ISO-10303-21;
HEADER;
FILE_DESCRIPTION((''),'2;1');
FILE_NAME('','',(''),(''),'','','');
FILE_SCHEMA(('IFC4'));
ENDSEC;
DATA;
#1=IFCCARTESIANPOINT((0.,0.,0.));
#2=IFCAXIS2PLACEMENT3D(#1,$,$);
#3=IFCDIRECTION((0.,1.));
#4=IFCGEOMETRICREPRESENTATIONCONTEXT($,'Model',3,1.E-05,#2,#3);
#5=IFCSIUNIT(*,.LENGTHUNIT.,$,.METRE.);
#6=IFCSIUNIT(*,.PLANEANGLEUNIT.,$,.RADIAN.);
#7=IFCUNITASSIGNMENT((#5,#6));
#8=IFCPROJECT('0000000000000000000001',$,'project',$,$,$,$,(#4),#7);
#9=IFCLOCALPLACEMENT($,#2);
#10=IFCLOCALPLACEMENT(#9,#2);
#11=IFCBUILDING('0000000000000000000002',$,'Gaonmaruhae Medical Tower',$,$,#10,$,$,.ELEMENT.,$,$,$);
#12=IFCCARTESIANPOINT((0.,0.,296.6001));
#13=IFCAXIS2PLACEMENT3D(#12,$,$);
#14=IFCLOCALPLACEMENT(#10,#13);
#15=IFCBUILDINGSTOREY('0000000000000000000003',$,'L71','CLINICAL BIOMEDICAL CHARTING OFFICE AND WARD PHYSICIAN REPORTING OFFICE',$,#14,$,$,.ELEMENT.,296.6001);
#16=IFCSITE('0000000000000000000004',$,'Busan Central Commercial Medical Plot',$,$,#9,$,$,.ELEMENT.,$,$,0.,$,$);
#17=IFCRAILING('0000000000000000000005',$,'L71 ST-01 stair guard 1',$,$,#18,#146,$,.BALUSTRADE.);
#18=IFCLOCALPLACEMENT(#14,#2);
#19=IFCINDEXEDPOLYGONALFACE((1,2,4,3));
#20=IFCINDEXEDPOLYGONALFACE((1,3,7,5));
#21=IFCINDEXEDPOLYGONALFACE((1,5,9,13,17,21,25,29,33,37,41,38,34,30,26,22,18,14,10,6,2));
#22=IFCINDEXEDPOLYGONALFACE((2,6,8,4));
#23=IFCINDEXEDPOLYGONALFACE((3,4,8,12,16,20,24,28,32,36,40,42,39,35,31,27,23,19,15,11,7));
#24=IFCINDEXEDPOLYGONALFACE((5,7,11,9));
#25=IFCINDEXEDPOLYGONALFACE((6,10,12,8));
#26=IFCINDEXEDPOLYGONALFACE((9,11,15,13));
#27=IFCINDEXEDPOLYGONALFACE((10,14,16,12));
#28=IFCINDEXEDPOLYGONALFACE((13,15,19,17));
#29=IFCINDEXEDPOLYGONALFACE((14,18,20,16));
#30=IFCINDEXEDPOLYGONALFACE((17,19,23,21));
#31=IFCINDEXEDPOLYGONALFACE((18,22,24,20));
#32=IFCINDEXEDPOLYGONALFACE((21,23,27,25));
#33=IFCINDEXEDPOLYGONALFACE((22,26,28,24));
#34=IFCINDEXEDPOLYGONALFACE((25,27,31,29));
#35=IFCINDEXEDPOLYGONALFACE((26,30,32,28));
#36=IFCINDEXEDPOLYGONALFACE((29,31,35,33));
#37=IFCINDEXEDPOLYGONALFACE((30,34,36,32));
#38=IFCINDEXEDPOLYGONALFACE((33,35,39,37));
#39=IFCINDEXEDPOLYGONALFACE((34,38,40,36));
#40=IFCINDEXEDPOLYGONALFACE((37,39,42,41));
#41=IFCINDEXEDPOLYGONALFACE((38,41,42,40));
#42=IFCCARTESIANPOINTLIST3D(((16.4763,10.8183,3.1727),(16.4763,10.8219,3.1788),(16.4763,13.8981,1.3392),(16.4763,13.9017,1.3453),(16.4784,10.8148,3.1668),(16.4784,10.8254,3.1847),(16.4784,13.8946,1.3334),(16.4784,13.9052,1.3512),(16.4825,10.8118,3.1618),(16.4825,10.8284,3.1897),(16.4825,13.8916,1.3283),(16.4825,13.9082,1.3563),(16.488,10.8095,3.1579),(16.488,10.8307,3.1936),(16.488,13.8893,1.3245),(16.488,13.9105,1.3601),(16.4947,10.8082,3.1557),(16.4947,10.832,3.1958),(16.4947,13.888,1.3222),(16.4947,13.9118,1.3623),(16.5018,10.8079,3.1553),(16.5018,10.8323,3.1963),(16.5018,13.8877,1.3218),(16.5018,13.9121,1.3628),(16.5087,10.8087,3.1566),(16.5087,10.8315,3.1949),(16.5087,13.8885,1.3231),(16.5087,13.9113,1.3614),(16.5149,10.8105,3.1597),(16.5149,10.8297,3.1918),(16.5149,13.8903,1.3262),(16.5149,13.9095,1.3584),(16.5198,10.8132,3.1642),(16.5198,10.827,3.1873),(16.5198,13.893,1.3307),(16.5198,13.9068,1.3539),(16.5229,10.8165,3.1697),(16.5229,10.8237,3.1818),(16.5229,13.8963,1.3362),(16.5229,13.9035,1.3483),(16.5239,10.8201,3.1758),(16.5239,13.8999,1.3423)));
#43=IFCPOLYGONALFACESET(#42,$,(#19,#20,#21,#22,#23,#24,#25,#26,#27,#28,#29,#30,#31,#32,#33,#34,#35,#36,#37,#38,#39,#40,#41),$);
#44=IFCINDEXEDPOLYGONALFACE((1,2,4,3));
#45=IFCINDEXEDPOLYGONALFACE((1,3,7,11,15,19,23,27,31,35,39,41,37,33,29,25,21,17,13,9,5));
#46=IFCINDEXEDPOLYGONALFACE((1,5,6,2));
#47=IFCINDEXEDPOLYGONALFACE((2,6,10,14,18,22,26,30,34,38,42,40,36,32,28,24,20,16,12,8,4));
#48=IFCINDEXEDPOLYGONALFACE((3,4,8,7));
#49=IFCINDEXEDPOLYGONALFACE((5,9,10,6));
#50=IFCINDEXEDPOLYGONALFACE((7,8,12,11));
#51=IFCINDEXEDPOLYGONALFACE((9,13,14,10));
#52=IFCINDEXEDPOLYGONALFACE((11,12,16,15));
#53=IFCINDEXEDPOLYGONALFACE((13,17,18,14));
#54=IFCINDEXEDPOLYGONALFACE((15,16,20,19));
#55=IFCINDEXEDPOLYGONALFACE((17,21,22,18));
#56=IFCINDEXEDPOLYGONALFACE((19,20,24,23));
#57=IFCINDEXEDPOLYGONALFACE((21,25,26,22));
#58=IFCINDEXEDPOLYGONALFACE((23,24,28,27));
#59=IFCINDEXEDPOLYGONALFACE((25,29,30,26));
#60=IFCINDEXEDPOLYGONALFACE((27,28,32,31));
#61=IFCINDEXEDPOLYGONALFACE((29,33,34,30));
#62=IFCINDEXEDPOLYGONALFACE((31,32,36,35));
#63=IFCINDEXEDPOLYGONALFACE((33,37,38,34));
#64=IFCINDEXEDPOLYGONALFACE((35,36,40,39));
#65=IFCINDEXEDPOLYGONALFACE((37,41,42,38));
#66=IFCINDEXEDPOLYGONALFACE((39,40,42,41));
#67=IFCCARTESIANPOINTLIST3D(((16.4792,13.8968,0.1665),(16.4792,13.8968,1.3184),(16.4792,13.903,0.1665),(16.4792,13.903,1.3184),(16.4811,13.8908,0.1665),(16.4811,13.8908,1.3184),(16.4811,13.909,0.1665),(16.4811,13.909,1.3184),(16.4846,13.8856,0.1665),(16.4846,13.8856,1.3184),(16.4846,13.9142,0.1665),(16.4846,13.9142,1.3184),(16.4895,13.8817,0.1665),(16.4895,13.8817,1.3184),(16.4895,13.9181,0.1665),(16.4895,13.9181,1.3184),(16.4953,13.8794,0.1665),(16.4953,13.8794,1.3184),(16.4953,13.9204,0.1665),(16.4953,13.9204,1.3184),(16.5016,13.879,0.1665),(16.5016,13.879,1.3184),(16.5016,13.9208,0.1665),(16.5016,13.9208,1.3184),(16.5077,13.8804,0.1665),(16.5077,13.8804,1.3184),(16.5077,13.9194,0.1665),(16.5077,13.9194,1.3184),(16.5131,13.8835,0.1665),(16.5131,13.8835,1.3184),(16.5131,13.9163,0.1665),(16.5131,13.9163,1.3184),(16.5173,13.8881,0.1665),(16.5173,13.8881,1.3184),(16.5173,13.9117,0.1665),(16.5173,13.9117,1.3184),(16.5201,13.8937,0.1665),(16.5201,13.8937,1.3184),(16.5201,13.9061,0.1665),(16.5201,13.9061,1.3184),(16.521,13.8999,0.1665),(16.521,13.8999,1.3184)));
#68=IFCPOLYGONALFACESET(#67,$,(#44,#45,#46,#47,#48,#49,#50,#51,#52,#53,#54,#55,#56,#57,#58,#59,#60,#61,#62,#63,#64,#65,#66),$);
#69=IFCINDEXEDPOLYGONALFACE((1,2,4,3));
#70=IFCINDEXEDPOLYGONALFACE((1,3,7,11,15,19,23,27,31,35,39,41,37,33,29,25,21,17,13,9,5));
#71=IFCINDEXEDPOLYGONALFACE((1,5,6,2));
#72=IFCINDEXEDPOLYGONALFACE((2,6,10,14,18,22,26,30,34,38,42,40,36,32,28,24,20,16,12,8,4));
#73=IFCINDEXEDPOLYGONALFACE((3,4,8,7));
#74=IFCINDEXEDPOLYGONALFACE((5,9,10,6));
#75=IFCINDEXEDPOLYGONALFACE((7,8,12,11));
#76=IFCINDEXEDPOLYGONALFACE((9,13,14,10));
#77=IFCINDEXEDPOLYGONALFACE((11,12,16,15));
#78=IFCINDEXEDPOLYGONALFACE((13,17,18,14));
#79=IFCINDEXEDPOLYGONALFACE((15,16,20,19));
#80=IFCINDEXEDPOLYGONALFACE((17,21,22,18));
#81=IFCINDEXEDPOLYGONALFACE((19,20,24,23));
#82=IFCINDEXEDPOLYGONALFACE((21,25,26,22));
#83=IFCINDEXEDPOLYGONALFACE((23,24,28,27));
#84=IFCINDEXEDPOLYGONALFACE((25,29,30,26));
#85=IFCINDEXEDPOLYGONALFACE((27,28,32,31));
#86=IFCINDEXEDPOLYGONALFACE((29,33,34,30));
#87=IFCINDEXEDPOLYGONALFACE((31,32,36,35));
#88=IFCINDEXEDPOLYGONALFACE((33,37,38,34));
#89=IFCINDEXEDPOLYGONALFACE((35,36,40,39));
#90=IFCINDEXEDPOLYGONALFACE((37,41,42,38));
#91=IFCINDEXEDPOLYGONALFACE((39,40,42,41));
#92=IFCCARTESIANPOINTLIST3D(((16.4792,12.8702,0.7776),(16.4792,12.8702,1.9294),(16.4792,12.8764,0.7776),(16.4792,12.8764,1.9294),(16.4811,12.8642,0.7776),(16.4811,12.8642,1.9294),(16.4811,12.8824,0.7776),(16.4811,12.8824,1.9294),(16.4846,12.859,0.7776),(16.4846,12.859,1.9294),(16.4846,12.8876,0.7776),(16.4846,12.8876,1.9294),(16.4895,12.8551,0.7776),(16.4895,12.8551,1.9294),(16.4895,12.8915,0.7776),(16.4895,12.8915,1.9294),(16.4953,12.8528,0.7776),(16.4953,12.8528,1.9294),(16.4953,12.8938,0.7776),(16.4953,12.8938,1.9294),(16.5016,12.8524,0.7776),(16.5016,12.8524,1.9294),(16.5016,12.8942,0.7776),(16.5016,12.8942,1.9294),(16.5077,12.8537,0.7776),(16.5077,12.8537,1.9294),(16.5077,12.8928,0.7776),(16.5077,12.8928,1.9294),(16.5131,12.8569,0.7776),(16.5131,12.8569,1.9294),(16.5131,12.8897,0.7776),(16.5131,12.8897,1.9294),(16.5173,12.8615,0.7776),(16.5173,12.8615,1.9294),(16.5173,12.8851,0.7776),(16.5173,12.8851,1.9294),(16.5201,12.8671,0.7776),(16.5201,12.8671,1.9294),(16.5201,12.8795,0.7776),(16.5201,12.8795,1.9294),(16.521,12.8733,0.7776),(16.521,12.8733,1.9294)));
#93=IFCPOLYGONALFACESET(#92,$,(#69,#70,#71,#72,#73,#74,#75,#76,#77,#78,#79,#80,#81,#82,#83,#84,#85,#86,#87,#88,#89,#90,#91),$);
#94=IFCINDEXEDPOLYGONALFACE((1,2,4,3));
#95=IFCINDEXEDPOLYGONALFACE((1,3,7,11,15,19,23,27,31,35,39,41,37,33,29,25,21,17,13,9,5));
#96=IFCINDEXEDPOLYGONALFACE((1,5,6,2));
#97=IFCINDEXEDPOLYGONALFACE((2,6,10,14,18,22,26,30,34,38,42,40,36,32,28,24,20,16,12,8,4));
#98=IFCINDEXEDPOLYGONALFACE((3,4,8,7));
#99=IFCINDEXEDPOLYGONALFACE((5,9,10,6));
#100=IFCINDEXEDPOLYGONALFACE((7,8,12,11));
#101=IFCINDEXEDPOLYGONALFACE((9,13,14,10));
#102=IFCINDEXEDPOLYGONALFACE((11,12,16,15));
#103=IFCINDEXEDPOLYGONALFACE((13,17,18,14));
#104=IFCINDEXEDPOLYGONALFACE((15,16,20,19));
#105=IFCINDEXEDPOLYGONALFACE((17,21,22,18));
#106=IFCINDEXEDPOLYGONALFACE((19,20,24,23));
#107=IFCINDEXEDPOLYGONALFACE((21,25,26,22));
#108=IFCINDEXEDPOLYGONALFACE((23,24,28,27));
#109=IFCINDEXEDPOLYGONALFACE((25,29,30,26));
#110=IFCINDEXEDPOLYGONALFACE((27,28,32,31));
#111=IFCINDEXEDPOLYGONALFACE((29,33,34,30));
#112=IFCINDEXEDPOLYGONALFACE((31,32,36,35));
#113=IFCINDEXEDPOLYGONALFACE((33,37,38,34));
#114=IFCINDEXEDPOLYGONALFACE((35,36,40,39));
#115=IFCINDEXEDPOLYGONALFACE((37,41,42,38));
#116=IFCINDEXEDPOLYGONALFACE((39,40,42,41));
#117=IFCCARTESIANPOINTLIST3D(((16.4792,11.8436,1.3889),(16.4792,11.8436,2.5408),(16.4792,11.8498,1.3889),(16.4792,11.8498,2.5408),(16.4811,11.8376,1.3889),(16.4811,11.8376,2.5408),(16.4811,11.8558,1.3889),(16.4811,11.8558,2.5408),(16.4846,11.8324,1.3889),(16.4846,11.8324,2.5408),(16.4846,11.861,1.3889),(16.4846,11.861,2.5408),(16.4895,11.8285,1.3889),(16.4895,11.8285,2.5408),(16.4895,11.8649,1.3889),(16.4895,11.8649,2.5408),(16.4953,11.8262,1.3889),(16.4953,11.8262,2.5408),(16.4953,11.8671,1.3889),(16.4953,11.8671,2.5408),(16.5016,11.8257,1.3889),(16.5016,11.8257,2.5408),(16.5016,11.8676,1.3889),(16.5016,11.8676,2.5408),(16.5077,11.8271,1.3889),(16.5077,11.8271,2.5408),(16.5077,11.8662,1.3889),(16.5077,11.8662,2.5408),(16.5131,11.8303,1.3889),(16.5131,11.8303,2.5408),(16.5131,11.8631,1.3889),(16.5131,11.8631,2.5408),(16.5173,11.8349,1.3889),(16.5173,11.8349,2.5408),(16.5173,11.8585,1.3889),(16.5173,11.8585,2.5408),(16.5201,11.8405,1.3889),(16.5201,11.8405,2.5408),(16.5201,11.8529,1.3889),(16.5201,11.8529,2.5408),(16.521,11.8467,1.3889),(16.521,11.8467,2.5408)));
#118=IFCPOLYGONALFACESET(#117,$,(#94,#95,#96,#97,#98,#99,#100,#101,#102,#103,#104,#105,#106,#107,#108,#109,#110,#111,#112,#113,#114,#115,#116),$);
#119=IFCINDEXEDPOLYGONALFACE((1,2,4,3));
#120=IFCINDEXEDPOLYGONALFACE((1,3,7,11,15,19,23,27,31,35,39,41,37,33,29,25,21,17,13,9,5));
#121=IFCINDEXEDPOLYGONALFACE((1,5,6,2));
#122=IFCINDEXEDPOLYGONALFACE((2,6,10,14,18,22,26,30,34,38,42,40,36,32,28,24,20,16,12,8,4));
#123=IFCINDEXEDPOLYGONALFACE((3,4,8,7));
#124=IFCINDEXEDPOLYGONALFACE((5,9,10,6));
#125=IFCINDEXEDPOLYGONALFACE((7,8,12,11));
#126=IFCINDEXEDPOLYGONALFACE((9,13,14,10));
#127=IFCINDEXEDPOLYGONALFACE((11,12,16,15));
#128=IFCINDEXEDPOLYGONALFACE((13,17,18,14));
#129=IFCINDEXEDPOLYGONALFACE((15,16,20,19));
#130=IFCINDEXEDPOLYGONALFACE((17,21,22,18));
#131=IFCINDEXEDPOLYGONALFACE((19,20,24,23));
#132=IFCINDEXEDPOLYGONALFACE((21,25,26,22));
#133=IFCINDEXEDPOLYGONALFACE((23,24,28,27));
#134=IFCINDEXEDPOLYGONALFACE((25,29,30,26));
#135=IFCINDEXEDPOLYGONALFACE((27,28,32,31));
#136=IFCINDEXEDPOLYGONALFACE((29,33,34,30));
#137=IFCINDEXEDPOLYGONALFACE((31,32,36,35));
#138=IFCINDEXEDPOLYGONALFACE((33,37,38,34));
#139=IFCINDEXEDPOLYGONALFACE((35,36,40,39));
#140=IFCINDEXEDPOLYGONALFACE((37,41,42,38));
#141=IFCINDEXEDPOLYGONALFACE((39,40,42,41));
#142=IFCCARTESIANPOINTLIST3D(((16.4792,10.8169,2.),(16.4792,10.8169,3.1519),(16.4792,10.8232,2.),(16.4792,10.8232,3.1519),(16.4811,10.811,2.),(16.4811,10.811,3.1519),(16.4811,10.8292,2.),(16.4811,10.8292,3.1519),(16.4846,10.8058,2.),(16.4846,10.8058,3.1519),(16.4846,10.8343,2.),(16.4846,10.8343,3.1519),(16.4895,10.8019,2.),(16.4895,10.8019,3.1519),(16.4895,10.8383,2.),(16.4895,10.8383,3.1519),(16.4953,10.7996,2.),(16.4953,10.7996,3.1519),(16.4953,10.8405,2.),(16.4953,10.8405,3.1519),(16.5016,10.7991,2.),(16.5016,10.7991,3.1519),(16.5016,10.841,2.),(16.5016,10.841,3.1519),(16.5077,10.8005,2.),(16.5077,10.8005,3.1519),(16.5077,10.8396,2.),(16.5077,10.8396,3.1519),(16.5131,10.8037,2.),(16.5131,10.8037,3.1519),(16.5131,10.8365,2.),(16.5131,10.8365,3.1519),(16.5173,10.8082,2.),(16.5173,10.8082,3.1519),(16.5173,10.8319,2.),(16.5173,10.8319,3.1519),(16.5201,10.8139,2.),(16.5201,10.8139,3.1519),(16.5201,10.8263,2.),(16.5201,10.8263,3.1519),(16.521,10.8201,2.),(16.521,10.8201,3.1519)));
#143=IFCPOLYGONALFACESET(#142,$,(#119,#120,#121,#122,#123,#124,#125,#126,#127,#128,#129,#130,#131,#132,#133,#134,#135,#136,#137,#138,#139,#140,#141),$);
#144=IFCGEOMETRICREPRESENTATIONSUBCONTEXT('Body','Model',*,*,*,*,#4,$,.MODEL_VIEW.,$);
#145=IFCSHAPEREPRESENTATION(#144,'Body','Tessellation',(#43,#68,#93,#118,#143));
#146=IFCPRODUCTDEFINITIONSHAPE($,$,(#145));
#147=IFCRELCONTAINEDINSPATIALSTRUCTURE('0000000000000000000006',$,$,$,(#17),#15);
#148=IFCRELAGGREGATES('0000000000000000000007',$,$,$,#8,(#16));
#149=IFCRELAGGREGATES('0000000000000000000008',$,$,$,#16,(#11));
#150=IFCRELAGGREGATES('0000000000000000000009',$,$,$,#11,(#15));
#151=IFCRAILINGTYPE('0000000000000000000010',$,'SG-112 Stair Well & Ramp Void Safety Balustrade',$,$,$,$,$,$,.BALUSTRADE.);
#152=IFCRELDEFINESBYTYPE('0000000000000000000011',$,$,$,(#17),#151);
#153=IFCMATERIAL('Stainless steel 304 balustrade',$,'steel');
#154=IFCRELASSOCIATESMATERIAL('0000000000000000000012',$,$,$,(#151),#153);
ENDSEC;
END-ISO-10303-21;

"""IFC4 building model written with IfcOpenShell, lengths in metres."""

from ifc_helpers import new_model, si_unit, direction, frame, origin, origin_2d, place, context, subcontext, project, spatial, circle, extrude, material, type_object, element, save


model = new_model("IFC4")

# Units and contexts
model_context = context("Model", 3, precision=1e-05, world=origin(), true_north=direction((0.0, 1.0)))
body_context = subcontext(model_context, "Body", "Model", "MODEL_VIEW")
ifc_project = project(units=[si_unit("LENGTHUNIT", "METRE"), si_unit("PLANEANGLEUNIT", "RADIAN")], contexts=[model_context])

# Site, building, storey
site_placement = place(None, origin())
site = spatial("IfcSite", under=ifc_project, at=site_placement, Name="Busan Central Commercial Medical Plot", CompositionType="ELEMENT", RefElevation=0.0)
building_placement = place(site_placement, origin())
building = spatial("IfcBuilding", under=site, at=building_placement, Name="Gaonmaruhae Medical Tower", CompositionType="ELEMENT")
storey_placement = place(building_placement, frame((0.0, 0.0, 296.6001)))
storey = spatial("IfcBuildingStorey", under=building, at=storey_placement, Name="L71", Description="CLINICAL BIOMEDICAL CHARTING OFFICE AND WARD PHYSICIAN REPORTING OFFICE", CompositionType="ELEMENT", Elevation=296.6001)

# Railing
ifc_material_1 = material(Name="Stainless steel 304 balustrade", Category="steel")
railing_type_1 = type_object("IfcRailingType", Name="SG-112 Stair Well & Ramp Void Safety Balustrade", PredefinedType="BALUSTRADE", material=ifc_material_1)
railing_1_placement = place(storey_placement, frame((16.5, 13.8999, 0.1665)))
element("IfcRailing", 1, at=railing_1_placement, inside=storey, type_object=railing_type_1, Name="L71 ST-01 stair guard 1", PredefinedType="BALUSTRADE", context=body_context, shape_type="SweptSolid", body=[
    extrude(circle(Radius=0.0239, at=origin_2d()), frame((0.0, 0.0, 1.1758), z_axis=(0.0, -0.859261, 0.511538), x_axis=(1.0, 0.0, 0.0)), (0.0, 0.0, 1.0), 3.5842),
    extrude(circle(Radius=0.021, at=origin_2d()), origin(), (0.0, 0.0, 1.0), 1.1519),
    extrude(circle(Radius=0.021, at=origin_2d()), frame((0.0, -1.0266, 0.6111)), (0.0, 0.0, 1.0), 1.1519),
    extrude(circle(Radius=0.021, at=origin_2d()), frame((0.0, -2.0532, 1.2224)), (0.0, 0.0, 1.0), 1.1519),
    extrude(circle(Radius=0.021, at=origin_2d()), frame((0.0, -3.0798, 1.8335)), (0.0, 0.0, 1.0), 1.1519),
])

save(model, "model.ifc")
